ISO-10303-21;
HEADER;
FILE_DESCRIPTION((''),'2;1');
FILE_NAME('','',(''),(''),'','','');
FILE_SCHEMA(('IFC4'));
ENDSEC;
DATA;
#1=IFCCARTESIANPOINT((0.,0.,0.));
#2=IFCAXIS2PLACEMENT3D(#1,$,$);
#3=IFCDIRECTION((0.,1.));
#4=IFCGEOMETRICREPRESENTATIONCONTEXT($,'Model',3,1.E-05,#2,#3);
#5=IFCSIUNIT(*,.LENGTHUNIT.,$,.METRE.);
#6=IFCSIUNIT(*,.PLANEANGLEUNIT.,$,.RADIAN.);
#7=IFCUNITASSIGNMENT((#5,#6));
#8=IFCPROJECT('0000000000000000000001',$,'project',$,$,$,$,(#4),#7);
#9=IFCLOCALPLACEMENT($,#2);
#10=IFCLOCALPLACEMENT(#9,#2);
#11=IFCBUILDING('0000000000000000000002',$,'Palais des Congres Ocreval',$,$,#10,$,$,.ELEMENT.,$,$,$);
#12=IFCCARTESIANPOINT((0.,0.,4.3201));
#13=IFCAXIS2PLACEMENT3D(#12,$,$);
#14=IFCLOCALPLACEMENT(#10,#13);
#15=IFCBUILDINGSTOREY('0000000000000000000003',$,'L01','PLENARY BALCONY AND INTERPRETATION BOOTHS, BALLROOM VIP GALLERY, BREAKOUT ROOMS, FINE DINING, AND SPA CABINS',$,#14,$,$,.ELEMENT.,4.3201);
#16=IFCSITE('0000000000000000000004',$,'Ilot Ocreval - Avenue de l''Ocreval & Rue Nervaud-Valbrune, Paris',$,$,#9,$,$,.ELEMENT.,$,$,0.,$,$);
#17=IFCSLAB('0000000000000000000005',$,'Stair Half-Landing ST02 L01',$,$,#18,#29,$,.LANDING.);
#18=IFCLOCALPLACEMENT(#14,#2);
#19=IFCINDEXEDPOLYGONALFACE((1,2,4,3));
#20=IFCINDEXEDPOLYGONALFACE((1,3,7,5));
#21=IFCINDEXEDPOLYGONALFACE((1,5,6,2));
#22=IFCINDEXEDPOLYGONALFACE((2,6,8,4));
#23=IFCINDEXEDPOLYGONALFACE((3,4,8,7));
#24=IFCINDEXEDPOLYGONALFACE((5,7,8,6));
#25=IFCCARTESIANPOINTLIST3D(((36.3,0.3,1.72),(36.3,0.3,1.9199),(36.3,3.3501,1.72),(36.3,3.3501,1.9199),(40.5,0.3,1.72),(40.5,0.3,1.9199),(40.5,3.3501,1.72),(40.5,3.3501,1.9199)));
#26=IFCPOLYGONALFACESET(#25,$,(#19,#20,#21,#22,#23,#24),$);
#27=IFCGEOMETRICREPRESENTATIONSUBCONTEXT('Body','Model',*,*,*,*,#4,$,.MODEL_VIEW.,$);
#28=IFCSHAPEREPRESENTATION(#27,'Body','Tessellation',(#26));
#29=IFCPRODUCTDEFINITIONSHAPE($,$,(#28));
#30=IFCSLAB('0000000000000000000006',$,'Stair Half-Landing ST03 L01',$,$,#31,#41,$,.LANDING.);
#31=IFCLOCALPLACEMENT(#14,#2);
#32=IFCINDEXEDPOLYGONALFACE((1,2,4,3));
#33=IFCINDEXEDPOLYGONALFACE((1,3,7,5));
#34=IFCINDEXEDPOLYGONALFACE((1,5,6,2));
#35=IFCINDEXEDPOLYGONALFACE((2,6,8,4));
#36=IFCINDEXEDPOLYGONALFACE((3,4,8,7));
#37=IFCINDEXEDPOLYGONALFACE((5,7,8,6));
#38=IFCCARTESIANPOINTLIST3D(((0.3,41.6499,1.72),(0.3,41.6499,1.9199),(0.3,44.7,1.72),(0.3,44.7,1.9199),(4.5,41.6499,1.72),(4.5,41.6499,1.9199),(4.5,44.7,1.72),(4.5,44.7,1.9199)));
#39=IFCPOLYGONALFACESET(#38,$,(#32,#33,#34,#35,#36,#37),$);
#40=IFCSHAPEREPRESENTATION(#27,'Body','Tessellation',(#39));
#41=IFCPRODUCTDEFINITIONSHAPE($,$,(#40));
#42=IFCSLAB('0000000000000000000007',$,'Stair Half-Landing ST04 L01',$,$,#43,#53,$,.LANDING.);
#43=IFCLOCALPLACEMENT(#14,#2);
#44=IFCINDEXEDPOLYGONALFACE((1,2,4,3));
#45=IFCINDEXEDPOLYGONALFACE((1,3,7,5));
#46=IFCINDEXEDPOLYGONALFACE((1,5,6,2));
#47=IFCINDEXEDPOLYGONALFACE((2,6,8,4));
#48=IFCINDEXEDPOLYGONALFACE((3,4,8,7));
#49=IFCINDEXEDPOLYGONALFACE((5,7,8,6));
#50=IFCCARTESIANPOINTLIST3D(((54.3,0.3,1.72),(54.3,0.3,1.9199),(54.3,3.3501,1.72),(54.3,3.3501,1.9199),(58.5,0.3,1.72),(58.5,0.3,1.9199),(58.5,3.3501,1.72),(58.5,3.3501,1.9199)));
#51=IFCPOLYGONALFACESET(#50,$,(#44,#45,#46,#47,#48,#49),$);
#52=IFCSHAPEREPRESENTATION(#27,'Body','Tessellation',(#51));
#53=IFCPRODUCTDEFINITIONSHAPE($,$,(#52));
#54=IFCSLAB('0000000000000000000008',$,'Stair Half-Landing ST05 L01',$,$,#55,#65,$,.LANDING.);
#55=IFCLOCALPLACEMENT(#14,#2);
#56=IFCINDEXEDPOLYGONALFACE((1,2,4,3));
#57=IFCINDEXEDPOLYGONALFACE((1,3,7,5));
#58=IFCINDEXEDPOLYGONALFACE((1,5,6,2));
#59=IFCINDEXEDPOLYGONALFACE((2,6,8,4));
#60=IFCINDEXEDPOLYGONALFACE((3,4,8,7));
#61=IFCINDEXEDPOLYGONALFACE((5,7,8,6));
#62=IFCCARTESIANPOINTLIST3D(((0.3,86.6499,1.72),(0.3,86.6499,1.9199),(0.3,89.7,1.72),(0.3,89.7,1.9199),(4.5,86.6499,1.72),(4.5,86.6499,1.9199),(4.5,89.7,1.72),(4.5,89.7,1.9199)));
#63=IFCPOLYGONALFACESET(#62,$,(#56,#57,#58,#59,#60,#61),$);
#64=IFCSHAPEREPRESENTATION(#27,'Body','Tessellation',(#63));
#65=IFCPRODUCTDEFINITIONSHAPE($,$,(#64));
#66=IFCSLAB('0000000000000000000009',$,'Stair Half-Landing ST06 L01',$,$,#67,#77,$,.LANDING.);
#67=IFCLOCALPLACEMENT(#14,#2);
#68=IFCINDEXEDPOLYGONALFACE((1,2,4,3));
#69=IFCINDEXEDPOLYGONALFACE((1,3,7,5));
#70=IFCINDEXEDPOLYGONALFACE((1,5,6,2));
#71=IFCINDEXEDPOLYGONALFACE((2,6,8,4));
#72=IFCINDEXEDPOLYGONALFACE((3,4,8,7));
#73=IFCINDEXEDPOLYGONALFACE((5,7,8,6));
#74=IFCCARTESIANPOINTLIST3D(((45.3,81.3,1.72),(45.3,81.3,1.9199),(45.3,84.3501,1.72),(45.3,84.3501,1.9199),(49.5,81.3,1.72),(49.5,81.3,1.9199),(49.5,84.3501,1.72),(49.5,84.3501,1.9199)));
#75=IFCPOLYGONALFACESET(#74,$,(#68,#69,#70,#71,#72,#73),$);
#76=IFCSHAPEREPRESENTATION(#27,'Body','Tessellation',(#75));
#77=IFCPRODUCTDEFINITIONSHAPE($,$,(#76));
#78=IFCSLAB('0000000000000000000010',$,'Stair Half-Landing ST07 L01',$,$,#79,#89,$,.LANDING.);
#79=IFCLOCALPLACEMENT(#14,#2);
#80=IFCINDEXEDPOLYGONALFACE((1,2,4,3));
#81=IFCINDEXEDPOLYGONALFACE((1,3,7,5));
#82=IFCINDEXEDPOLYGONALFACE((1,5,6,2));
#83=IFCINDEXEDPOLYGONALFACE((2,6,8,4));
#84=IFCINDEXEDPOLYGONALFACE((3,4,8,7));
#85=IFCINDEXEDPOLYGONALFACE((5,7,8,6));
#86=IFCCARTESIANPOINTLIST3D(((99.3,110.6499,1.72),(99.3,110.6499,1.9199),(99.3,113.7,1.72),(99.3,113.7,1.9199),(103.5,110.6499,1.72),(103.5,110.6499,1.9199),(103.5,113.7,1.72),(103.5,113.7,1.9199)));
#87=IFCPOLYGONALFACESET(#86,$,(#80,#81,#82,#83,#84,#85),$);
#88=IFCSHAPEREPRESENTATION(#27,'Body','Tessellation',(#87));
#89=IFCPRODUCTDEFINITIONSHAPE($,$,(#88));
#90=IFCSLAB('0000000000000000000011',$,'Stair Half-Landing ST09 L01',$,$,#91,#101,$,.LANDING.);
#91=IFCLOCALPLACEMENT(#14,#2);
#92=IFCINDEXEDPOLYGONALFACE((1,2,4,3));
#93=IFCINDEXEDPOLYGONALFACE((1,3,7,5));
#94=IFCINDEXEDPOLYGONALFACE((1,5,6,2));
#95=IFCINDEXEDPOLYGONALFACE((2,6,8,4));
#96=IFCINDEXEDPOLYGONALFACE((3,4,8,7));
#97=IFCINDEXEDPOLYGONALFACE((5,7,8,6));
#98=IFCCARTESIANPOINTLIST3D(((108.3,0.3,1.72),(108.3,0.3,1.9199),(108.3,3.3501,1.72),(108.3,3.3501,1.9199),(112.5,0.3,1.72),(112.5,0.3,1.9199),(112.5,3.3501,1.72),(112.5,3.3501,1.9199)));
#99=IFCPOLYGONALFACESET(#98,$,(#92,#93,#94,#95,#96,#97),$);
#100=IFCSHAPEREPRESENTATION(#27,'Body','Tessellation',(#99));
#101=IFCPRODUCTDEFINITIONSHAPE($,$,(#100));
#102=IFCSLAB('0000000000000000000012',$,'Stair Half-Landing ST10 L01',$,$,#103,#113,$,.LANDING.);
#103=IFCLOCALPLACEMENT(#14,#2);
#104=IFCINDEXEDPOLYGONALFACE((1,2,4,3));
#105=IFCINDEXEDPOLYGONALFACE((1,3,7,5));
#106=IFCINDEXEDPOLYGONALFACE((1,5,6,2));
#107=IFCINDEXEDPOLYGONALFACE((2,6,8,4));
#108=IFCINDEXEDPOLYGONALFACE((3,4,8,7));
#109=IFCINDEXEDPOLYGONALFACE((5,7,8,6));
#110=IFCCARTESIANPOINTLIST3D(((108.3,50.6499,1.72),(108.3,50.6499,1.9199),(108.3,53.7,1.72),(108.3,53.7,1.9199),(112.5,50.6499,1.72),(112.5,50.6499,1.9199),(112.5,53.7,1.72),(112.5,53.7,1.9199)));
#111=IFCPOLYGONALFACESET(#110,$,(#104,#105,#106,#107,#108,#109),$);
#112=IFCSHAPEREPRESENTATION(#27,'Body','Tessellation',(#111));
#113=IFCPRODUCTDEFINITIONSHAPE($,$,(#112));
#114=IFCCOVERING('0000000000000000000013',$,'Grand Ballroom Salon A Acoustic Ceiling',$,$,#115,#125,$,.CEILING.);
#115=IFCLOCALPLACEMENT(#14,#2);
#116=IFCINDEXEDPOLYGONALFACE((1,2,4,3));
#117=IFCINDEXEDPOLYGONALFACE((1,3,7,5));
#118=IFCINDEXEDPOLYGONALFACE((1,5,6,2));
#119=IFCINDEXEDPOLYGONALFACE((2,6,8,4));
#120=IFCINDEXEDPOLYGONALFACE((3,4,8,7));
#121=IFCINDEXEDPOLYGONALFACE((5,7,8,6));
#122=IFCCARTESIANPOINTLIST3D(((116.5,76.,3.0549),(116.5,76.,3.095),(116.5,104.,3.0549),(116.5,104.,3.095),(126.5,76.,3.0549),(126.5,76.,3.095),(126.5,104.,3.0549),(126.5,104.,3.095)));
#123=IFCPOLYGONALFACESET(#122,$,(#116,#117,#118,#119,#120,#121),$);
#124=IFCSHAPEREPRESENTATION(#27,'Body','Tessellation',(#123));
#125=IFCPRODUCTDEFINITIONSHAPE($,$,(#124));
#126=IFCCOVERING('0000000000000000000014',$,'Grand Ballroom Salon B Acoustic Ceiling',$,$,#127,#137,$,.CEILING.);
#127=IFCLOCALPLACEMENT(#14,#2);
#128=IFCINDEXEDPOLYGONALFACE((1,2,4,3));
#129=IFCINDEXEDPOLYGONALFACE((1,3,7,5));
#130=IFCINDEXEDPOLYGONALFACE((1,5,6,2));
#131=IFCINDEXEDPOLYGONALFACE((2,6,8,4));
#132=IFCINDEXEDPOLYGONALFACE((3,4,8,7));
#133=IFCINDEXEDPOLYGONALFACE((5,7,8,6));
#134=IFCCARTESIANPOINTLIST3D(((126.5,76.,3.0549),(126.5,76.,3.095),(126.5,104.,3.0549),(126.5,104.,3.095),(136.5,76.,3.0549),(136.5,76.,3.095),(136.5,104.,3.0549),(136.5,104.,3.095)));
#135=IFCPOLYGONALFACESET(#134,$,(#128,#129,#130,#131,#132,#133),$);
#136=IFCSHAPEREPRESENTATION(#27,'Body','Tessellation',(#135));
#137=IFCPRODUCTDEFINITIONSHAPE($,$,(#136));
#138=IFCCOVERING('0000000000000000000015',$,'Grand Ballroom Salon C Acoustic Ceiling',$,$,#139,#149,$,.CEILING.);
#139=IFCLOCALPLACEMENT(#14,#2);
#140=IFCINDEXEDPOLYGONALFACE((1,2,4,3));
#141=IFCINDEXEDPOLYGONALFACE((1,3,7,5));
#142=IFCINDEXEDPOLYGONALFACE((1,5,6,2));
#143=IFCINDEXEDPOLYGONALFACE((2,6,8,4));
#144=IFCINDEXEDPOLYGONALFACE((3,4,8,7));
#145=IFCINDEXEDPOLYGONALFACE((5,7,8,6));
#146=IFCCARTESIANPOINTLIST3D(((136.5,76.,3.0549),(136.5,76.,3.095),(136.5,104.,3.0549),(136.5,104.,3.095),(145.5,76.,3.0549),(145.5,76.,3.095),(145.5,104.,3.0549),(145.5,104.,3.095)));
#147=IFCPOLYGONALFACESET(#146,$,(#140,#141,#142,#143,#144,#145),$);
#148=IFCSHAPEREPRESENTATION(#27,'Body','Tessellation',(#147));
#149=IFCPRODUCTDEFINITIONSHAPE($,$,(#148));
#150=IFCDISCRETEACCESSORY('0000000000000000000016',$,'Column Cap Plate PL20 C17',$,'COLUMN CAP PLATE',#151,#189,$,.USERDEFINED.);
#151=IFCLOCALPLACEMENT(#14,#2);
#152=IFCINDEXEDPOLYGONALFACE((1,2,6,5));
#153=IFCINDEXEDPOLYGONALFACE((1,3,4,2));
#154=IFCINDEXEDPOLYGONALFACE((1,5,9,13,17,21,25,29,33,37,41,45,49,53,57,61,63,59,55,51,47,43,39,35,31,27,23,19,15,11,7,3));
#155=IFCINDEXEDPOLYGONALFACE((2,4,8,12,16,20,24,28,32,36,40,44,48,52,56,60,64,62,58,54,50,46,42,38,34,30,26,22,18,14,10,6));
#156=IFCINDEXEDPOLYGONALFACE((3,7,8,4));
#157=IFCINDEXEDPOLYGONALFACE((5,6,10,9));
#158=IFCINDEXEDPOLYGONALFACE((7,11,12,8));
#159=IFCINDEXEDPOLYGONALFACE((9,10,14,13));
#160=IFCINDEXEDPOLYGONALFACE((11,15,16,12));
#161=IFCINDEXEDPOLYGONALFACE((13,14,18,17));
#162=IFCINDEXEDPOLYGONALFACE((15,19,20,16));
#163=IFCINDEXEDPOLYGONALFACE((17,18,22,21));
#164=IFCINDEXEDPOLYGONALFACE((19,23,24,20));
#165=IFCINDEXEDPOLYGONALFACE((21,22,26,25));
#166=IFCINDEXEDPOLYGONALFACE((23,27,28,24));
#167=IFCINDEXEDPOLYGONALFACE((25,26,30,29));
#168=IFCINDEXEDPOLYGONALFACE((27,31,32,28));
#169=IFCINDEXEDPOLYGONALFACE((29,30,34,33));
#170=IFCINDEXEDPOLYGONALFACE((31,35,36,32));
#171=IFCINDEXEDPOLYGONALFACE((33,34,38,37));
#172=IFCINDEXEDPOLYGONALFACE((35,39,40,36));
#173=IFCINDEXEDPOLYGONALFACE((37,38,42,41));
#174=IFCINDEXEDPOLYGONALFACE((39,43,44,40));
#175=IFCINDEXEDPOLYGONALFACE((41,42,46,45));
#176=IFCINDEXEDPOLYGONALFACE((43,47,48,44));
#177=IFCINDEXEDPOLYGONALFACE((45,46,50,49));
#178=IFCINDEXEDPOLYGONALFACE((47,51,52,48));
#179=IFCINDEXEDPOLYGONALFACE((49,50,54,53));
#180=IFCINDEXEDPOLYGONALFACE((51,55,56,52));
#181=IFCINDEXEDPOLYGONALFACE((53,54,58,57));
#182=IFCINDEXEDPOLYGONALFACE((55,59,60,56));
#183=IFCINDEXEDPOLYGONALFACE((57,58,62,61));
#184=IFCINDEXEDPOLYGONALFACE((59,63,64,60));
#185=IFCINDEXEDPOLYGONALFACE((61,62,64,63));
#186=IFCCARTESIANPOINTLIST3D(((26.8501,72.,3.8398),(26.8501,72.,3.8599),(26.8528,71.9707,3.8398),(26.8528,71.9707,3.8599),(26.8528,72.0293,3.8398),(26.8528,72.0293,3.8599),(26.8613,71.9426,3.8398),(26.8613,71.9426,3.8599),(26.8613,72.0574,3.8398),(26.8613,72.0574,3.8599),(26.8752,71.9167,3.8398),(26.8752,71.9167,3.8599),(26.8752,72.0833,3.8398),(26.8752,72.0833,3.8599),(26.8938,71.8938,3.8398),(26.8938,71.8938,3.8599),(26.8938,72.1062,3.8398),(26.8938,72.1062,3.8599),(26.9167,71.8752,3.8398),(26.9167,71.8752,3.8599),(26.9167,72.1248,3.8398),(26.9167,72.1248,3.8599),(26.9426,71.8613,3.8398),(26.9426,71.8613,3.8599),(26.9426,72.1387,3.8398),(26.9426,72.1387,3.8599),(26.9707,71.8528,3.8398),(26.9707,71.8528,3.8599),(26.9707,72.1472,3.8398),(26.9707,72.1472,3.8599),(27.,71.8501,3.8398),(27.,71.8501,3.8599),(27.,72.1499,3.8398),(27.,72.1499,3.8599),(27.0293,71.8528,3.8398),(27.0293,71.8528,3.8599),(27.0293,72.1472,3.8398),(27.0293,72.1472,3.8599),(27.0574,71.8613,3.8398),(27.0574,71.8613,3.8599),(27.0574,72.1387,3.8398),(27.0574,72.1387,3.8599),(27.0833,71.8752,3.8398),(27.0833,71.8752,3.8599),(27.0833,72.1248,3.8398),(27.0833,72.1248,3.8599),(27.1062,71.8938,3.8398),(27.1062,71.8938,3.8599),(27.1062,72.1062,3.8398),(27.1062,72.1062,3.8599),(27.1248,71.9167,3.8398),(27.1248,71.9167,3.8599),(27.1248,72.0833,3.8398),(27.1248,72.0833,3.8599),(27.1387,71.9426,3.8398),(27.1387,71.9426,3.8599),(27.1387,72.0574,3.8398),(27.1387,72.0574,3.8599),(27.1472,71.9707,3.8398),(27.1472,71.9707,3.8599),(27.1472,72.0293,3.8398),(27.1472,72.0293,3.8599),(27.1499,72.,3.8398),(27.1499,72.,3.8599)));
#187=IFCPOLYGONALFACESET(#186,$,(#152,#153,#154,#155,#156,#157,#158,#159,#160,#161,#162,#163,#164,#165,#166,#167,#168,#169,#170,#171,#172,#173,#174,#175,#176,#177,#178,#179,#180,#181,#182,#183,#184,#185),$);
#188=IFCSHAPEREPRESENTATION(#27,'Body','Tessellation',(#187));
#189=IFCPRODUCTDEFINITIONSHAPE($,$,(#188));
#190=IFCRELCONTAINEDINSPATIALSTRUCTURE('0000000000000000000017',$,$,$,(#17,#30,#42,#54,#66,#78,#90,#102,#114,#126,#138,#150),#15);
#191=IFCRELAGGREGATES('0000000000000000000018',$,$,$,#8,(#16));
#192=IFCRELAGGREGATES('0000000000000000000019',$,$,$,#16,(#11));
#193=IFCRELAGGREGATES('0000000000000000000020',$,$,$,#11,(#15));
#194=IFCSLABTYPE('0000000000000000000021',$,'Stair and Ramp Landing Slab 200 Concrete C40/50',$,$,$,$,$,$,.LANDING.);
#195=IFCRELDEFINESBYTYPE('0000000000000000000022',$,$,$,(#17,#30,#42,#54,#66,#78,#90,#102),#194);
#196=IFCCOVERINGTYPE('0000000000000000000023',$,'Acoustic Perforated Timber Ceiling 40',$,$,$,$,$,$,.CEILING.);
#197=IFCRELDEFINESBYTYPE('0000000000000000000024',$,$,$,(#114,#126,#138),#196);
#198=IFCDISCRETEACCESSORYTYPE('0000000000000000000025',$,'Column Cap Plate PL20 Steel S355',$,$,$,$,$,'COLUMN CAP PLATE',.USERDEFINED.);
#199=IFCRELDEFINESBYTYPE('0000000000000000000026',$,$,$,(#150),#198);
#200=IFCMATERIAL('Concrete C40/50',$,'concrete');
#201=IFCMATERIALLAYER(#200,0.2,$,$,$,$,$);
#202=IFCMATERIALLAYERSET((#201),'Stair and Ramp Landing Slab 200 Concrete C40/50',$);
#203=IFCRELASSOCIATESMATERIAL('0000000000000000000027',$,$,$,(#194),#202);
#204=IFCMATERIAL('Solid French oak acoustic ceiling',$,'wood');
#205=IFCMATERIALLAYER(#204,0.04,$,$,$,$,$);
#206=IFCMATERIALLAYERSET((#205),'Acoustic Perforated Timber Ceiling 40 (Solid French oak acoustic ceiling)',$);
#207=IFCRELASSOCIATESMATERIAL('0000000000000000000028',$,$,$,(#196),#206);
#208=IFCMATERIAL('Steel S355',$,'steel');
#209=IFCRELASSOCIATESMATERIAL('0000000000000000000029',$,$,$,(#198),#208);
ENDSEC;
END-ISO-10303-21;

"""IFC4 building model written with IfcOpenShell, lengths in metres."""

from ifc_helpers import new_model, si_unit, direction, frame, origin, place, context, subcontext, project, spatial, polyline, outline, extrude, material, layer, layer_set, type_object, element, save


model = new_model("IFC4")

# Units and contexts
model_context = context("Model", 3, precision=1e-05, world=origin(), true_north=direction((0.0, 1.0)))
body_context = subcontext(model_context, "Body", "Model", "MODEL_VIEW")
ifc_project = project(units=[si_unit("LENGTHUNIT", "METRE"), si_unit("PLANEANGLEUNIT", "RADIAN")], contexts=[model_context])

# Site, building, storey
site_placement = place(None, origin())
site = spatial("IfcSite", under=ifc_project, at=site_placement, Name="Ilot Ocreval - Avenue de l'Ocreval & Rue Nervaud-Valbrune, Paris", CompositionType="ELEMENT", RefElevation=0.0)
building_placement = place(site_placement, origin())
building = spatial("IfcBuilding", under=site, at=building_placement, Name="Palais des Congres Ocreval", CompositionType="ELEMENT")
storey_placement = place(building_placement, frame((0.0, 0.0, 4.3201)))
storey = spatial("IfcBuildingStorey", under=building, at=storey_placement, Name="L01", Description="PLENARY BALCONY AND INTERPRETATION BOOTHS, BALLROOM VIP GALLERY, BREAKOUT ROOMS, FINE DINING, AND SPA CABINS", CompositionType="ELEMENT", Elevation=4.3201)

# Slabs
ifc_material_1 = material(Name="Concrete C40/50", Category="concrete")
ifc_layer_1 = layer(ifc_material_1, 0.2)
ifc_layer_set_1 = layer_set([ifc_layer_1], Name="Stair and Ramp Landing Slab 200 Concrete C40/50")
slab_type = type_object("IfcSlabType", Name="Stair and Ramp Landing Slab 200 Concrete C40/50", PredefinedType="LANDING", material=ifc_layer_set_1)
slab_1_placement = place(storey_placement, frame((0.0, 0.0, 1.72)))
element("IfcSlab", 1, at=slab_1_placement, inside=storey, type_object=slab_type, Name="Stair Half-Landing ST02 L01", PredefinedType="LANDING", context=body_context, shape_type="SweptSolid", body=[
    extrude(outline(polyline([(36.3, 0.3), (40.5, 0.3), (40.5, 3.3501), (36.3, 3.3501), (36.3, 0.3)])), origin(), (0.0, 0.0, 1.0), 0.2),
])
slab_2_placement = place(storey_placement, frame((0.0, 0.0, 1.72)))
element("IfcSlab", 2, at=slab_2_placement, inside=storey, type_object=slab_type, Name="Stair Half-Landing ST03 L01", PredefinedType="LANDING", context=body_context, shape_type="SweptSolid", body=[
    extrude(outline(polyline([(0.3, 41.6499), (4.5, 41.6499), (4.5, 44.7), (0.3, 44.7), (0.3, 41.6499)])), origin(), (0.0, 0.0, 1.0), 0.2),
])
slab_3_placement = place(storey_placement, frame((0.0, 0.0, 1.72)))
element("IfcSlab", 3, at=slab_3_placement, inside=storey, type_object=slab_type, Name="Stair Half-Landing ST04 L01", PredefinedType="LANDING", context=body_context, shape_type="SweptSolid", body=[
    extrude(outline(polyline([(54.3, 0.3), (58.5, 0.3), (58.5, 3.3501), (54.3, 3.3501), (54.3, 0.3)])), origin(), (0.0, 0.0, 1.0), 0.2),
])
slab_4_placement = place(storey_placement, frame((0.0, 0.0, 1.72)))
element("IfcSlab", 4, at=slab_4_placement, inside=storey, type_object=slab_type, Name="Stair Half-Landing ST05 L01", PredefinedType="LANDING", context=body_context, shape_type="SweptSolid", body=[
    extrude(outline(polyline([(0.3, 86.6499), (4.5, 86.6499), (4.5, 89.7), (0.3, 89.7), (0.3, 86.6499)])), origin(), (0.0, 0.0, 1.0), 0.2),
])
slab_5_placement = place(storey_placement, frame((0.0, 0.0, 1.72)))
element("IfcSlab", 5, at=slab_5_placement, inside=storey, type_object=slab_type, Name="Stair Half-Landing ST06 L01", PredefinedType="LANDING", context=body_context, shape_type="SweptSolid", body=[
    extrude(outline(polyline([(45.3, 81.3), (49.5, 81.3), (49.5, 84.3501), (45.3, 84.3501), (45.3, 81.3)])), origin(), (0.0, 0.0, 1.0), 0.2),
])
slab_6_placement = place(storey_placement, frame((0.0, 0.0, 1.72)))
element("IfcSlab", 6, at=slab_6_placement, inside=storey, type_object=slab_type, Name="Stair Half-Landing ST07 L01", PredefinedType="LANDING", context=body_context, shape_type="SweptSolid", body=[
    extrude(outline(polyline([(99.3, 110.6499), (103.5, 110.6499), (103.5, 113.7), (99.3, 113.7), (99.3, 110.6499)])), origin(), (0.0, 0.0, 1.0), 0.2),
])
slab_7_placement = place(storey_placement, frame((0.0, 0.0, 1.72)))
element("IfcSlab", 7, at=slab_7_placement, inside=storey, type_object=slab_type, Name="Stair Half-Landing ST09 L01", PredefinedType="LANDING", context=body_context, shape_type="SweptSolid", body=[
    extrude(outline(polyline([(108.3, 0.3), (112.5, 0.3), (112.5, 3.3501), (108.3, 3.3501), (108.3, 0.3)])), origin(), (0.0, 0.0, 1.0), 0.2),
])
slab_8_placement = place(storey_placement, frame((0.0, 0.0, 1.72)))
element("IfcSlab", 8, at=slab_8_placement, inside=storey, type_object=slab_type, Name="Stair Half-Landing ST10 L01", PredefinedType="LANDING", context=body_context, shape_type="SweptSolid", body=[
    extrude(outline(polyline([(108.3, 50.6499), (112.5, 50.6499), (112.5, 53.7), (108.3, 53.7), (108.3, 50.6499)])), origin(), (0.0, 0.0, 1.0), 0.2),
])

# Coverings
ifc_material_2 = material(Name="Solid French oak acoustic ceiling", Category="wood")
ifc_layer_2 = layer(ifc_material_2, 0.04)
ifc_layer_set_2 = layer_set([ifc_layer_2], Name="Acoustic Perforated Timber Ceiling 40 (Solid French oak acoustic ceiling)")
covering_type = type_object("IfcCoveringType", Name="Acoustic Perforated Timber Ceiling 40", PredefinedType="CEILING", material=ifc_layer_set_2)
covering_1_placement = place(storey_placement, frame((0.0, 0.0, 3.0549)))
element("IfcCovering", 9, at=covering_1_placement, inside=storey, type_object=covering_type, Name="Grand Ballroom Salon A Acoustic Ceiling", PredefinedType="CEILING", context=body_context, shape_type="SweptSolid", body=[
    extrude(outline(polyline([(116.5, 76.0), (126.5, 76.0), (126.5, 104.0), (116.5, 104.0), (116.5, 76.0)])), origin(), (0.0, 0.0, 1.0), 0.04),
])
covering_2_placement = place(storey_placement, frame((0.0, 0.0, 3.0549)))
element("IfcCovering", 10, at=covering_2_placement, inside=storey, type_object=covering_type, Name="Grand Ballroom Salon B Acoustic Ceiling", PredefinedType="CEILING", context=body_context, shape_type="SweptSolid", body=[
    extrude(outline(polyline([(126.5, 76.0), (136.5, 76.0), (136.5, 104.0), (126.5, 104.0), (126.5, 76.0)])), origin(), (0.0, 0.0, 1.0), 0.04),
])
covering_3_placement = place(storey_placement, frame((0.0, 0.0, 3.0549)))
element("IfcCovering", 11, at=covering_3_placement, inside=storey, type_object=covering_type, Name="Grand Ballroom Salon C Acoustic Ceiling", PredefinedType="CEILING", context=body_context, shape_type="SweptSolid", body=[
    extrude(outline(polyline([(136.5, 76.0), (145.5, 76.0), (145.5, 104.0), (136.5, 104.0), (136.5, 76.0)])), origin(), (0.0, 0.0, 1.0), 0.04),
])

# Discrete accessory
ifc_material_3 = material(Name="Steel S355", Category="steel")
discrete_accessory_type = type_object("IfcDiscreteAccessoryType", Name="Column Cap Plate PL20 Steel S355", ElementType="COLUMN CAP PLATE", PredefinedType="USERDEFINED", material=ifc_material_3)
discrete_accessory_1_placement = place(storey_placement, frame((0.0, 0.0, 3.8398)))
element("IfcDiscreteAccessory", 12, at=discrete_accessory_1_placement, inside=storey, type_object=discrete_accessory_type, Name="Column Cap Plate PL20 C17", ObjectType="COLUMN CAP PLATE", PredefinedType="USERDEFINED", context=body_context, shape_type="SweptSolid", body=[
    extrude(outline(polyline([(27.1499, 72.0), (27.1472, 72.0293), (27.1387, 72.0574), (27.1248, 72.0833), (27.1062, 72.1062), (27.0833, 72.1248), (27.0574, 72.1387), (27.0293, 72.1472), (27.0, 72.1499), (26.9707, 72.1472), (26.9426, 72.1387), (26.9167, 72.1248), (26.8938, 72.1062), (26.8752, 72.0833), (26.8613, 72.0574), (26.8528, 72.0293), (26.8501, 72.0), (26.8528, 71.9707), (26.8613, 71.9426), (26.8752, 71.9167), (26.8938, 71.8938), (26.9167, 71.8752), (26.9426, 71.8613), (26.9707, 71.8528), (27.0, 71.8501), (27.0293, 71.8528), (27.0574, 71.8613), (27.0833, 71.8752), (27.1062, 71.8938), (27.1248, 71.9167), (27.1387, 71.9426), (27.1472, 71.9707), (27.1499, 72.0)])), origin(), (0.0, 0.0, 1.0), 0.02),
])

save(model, "model.ifc")
